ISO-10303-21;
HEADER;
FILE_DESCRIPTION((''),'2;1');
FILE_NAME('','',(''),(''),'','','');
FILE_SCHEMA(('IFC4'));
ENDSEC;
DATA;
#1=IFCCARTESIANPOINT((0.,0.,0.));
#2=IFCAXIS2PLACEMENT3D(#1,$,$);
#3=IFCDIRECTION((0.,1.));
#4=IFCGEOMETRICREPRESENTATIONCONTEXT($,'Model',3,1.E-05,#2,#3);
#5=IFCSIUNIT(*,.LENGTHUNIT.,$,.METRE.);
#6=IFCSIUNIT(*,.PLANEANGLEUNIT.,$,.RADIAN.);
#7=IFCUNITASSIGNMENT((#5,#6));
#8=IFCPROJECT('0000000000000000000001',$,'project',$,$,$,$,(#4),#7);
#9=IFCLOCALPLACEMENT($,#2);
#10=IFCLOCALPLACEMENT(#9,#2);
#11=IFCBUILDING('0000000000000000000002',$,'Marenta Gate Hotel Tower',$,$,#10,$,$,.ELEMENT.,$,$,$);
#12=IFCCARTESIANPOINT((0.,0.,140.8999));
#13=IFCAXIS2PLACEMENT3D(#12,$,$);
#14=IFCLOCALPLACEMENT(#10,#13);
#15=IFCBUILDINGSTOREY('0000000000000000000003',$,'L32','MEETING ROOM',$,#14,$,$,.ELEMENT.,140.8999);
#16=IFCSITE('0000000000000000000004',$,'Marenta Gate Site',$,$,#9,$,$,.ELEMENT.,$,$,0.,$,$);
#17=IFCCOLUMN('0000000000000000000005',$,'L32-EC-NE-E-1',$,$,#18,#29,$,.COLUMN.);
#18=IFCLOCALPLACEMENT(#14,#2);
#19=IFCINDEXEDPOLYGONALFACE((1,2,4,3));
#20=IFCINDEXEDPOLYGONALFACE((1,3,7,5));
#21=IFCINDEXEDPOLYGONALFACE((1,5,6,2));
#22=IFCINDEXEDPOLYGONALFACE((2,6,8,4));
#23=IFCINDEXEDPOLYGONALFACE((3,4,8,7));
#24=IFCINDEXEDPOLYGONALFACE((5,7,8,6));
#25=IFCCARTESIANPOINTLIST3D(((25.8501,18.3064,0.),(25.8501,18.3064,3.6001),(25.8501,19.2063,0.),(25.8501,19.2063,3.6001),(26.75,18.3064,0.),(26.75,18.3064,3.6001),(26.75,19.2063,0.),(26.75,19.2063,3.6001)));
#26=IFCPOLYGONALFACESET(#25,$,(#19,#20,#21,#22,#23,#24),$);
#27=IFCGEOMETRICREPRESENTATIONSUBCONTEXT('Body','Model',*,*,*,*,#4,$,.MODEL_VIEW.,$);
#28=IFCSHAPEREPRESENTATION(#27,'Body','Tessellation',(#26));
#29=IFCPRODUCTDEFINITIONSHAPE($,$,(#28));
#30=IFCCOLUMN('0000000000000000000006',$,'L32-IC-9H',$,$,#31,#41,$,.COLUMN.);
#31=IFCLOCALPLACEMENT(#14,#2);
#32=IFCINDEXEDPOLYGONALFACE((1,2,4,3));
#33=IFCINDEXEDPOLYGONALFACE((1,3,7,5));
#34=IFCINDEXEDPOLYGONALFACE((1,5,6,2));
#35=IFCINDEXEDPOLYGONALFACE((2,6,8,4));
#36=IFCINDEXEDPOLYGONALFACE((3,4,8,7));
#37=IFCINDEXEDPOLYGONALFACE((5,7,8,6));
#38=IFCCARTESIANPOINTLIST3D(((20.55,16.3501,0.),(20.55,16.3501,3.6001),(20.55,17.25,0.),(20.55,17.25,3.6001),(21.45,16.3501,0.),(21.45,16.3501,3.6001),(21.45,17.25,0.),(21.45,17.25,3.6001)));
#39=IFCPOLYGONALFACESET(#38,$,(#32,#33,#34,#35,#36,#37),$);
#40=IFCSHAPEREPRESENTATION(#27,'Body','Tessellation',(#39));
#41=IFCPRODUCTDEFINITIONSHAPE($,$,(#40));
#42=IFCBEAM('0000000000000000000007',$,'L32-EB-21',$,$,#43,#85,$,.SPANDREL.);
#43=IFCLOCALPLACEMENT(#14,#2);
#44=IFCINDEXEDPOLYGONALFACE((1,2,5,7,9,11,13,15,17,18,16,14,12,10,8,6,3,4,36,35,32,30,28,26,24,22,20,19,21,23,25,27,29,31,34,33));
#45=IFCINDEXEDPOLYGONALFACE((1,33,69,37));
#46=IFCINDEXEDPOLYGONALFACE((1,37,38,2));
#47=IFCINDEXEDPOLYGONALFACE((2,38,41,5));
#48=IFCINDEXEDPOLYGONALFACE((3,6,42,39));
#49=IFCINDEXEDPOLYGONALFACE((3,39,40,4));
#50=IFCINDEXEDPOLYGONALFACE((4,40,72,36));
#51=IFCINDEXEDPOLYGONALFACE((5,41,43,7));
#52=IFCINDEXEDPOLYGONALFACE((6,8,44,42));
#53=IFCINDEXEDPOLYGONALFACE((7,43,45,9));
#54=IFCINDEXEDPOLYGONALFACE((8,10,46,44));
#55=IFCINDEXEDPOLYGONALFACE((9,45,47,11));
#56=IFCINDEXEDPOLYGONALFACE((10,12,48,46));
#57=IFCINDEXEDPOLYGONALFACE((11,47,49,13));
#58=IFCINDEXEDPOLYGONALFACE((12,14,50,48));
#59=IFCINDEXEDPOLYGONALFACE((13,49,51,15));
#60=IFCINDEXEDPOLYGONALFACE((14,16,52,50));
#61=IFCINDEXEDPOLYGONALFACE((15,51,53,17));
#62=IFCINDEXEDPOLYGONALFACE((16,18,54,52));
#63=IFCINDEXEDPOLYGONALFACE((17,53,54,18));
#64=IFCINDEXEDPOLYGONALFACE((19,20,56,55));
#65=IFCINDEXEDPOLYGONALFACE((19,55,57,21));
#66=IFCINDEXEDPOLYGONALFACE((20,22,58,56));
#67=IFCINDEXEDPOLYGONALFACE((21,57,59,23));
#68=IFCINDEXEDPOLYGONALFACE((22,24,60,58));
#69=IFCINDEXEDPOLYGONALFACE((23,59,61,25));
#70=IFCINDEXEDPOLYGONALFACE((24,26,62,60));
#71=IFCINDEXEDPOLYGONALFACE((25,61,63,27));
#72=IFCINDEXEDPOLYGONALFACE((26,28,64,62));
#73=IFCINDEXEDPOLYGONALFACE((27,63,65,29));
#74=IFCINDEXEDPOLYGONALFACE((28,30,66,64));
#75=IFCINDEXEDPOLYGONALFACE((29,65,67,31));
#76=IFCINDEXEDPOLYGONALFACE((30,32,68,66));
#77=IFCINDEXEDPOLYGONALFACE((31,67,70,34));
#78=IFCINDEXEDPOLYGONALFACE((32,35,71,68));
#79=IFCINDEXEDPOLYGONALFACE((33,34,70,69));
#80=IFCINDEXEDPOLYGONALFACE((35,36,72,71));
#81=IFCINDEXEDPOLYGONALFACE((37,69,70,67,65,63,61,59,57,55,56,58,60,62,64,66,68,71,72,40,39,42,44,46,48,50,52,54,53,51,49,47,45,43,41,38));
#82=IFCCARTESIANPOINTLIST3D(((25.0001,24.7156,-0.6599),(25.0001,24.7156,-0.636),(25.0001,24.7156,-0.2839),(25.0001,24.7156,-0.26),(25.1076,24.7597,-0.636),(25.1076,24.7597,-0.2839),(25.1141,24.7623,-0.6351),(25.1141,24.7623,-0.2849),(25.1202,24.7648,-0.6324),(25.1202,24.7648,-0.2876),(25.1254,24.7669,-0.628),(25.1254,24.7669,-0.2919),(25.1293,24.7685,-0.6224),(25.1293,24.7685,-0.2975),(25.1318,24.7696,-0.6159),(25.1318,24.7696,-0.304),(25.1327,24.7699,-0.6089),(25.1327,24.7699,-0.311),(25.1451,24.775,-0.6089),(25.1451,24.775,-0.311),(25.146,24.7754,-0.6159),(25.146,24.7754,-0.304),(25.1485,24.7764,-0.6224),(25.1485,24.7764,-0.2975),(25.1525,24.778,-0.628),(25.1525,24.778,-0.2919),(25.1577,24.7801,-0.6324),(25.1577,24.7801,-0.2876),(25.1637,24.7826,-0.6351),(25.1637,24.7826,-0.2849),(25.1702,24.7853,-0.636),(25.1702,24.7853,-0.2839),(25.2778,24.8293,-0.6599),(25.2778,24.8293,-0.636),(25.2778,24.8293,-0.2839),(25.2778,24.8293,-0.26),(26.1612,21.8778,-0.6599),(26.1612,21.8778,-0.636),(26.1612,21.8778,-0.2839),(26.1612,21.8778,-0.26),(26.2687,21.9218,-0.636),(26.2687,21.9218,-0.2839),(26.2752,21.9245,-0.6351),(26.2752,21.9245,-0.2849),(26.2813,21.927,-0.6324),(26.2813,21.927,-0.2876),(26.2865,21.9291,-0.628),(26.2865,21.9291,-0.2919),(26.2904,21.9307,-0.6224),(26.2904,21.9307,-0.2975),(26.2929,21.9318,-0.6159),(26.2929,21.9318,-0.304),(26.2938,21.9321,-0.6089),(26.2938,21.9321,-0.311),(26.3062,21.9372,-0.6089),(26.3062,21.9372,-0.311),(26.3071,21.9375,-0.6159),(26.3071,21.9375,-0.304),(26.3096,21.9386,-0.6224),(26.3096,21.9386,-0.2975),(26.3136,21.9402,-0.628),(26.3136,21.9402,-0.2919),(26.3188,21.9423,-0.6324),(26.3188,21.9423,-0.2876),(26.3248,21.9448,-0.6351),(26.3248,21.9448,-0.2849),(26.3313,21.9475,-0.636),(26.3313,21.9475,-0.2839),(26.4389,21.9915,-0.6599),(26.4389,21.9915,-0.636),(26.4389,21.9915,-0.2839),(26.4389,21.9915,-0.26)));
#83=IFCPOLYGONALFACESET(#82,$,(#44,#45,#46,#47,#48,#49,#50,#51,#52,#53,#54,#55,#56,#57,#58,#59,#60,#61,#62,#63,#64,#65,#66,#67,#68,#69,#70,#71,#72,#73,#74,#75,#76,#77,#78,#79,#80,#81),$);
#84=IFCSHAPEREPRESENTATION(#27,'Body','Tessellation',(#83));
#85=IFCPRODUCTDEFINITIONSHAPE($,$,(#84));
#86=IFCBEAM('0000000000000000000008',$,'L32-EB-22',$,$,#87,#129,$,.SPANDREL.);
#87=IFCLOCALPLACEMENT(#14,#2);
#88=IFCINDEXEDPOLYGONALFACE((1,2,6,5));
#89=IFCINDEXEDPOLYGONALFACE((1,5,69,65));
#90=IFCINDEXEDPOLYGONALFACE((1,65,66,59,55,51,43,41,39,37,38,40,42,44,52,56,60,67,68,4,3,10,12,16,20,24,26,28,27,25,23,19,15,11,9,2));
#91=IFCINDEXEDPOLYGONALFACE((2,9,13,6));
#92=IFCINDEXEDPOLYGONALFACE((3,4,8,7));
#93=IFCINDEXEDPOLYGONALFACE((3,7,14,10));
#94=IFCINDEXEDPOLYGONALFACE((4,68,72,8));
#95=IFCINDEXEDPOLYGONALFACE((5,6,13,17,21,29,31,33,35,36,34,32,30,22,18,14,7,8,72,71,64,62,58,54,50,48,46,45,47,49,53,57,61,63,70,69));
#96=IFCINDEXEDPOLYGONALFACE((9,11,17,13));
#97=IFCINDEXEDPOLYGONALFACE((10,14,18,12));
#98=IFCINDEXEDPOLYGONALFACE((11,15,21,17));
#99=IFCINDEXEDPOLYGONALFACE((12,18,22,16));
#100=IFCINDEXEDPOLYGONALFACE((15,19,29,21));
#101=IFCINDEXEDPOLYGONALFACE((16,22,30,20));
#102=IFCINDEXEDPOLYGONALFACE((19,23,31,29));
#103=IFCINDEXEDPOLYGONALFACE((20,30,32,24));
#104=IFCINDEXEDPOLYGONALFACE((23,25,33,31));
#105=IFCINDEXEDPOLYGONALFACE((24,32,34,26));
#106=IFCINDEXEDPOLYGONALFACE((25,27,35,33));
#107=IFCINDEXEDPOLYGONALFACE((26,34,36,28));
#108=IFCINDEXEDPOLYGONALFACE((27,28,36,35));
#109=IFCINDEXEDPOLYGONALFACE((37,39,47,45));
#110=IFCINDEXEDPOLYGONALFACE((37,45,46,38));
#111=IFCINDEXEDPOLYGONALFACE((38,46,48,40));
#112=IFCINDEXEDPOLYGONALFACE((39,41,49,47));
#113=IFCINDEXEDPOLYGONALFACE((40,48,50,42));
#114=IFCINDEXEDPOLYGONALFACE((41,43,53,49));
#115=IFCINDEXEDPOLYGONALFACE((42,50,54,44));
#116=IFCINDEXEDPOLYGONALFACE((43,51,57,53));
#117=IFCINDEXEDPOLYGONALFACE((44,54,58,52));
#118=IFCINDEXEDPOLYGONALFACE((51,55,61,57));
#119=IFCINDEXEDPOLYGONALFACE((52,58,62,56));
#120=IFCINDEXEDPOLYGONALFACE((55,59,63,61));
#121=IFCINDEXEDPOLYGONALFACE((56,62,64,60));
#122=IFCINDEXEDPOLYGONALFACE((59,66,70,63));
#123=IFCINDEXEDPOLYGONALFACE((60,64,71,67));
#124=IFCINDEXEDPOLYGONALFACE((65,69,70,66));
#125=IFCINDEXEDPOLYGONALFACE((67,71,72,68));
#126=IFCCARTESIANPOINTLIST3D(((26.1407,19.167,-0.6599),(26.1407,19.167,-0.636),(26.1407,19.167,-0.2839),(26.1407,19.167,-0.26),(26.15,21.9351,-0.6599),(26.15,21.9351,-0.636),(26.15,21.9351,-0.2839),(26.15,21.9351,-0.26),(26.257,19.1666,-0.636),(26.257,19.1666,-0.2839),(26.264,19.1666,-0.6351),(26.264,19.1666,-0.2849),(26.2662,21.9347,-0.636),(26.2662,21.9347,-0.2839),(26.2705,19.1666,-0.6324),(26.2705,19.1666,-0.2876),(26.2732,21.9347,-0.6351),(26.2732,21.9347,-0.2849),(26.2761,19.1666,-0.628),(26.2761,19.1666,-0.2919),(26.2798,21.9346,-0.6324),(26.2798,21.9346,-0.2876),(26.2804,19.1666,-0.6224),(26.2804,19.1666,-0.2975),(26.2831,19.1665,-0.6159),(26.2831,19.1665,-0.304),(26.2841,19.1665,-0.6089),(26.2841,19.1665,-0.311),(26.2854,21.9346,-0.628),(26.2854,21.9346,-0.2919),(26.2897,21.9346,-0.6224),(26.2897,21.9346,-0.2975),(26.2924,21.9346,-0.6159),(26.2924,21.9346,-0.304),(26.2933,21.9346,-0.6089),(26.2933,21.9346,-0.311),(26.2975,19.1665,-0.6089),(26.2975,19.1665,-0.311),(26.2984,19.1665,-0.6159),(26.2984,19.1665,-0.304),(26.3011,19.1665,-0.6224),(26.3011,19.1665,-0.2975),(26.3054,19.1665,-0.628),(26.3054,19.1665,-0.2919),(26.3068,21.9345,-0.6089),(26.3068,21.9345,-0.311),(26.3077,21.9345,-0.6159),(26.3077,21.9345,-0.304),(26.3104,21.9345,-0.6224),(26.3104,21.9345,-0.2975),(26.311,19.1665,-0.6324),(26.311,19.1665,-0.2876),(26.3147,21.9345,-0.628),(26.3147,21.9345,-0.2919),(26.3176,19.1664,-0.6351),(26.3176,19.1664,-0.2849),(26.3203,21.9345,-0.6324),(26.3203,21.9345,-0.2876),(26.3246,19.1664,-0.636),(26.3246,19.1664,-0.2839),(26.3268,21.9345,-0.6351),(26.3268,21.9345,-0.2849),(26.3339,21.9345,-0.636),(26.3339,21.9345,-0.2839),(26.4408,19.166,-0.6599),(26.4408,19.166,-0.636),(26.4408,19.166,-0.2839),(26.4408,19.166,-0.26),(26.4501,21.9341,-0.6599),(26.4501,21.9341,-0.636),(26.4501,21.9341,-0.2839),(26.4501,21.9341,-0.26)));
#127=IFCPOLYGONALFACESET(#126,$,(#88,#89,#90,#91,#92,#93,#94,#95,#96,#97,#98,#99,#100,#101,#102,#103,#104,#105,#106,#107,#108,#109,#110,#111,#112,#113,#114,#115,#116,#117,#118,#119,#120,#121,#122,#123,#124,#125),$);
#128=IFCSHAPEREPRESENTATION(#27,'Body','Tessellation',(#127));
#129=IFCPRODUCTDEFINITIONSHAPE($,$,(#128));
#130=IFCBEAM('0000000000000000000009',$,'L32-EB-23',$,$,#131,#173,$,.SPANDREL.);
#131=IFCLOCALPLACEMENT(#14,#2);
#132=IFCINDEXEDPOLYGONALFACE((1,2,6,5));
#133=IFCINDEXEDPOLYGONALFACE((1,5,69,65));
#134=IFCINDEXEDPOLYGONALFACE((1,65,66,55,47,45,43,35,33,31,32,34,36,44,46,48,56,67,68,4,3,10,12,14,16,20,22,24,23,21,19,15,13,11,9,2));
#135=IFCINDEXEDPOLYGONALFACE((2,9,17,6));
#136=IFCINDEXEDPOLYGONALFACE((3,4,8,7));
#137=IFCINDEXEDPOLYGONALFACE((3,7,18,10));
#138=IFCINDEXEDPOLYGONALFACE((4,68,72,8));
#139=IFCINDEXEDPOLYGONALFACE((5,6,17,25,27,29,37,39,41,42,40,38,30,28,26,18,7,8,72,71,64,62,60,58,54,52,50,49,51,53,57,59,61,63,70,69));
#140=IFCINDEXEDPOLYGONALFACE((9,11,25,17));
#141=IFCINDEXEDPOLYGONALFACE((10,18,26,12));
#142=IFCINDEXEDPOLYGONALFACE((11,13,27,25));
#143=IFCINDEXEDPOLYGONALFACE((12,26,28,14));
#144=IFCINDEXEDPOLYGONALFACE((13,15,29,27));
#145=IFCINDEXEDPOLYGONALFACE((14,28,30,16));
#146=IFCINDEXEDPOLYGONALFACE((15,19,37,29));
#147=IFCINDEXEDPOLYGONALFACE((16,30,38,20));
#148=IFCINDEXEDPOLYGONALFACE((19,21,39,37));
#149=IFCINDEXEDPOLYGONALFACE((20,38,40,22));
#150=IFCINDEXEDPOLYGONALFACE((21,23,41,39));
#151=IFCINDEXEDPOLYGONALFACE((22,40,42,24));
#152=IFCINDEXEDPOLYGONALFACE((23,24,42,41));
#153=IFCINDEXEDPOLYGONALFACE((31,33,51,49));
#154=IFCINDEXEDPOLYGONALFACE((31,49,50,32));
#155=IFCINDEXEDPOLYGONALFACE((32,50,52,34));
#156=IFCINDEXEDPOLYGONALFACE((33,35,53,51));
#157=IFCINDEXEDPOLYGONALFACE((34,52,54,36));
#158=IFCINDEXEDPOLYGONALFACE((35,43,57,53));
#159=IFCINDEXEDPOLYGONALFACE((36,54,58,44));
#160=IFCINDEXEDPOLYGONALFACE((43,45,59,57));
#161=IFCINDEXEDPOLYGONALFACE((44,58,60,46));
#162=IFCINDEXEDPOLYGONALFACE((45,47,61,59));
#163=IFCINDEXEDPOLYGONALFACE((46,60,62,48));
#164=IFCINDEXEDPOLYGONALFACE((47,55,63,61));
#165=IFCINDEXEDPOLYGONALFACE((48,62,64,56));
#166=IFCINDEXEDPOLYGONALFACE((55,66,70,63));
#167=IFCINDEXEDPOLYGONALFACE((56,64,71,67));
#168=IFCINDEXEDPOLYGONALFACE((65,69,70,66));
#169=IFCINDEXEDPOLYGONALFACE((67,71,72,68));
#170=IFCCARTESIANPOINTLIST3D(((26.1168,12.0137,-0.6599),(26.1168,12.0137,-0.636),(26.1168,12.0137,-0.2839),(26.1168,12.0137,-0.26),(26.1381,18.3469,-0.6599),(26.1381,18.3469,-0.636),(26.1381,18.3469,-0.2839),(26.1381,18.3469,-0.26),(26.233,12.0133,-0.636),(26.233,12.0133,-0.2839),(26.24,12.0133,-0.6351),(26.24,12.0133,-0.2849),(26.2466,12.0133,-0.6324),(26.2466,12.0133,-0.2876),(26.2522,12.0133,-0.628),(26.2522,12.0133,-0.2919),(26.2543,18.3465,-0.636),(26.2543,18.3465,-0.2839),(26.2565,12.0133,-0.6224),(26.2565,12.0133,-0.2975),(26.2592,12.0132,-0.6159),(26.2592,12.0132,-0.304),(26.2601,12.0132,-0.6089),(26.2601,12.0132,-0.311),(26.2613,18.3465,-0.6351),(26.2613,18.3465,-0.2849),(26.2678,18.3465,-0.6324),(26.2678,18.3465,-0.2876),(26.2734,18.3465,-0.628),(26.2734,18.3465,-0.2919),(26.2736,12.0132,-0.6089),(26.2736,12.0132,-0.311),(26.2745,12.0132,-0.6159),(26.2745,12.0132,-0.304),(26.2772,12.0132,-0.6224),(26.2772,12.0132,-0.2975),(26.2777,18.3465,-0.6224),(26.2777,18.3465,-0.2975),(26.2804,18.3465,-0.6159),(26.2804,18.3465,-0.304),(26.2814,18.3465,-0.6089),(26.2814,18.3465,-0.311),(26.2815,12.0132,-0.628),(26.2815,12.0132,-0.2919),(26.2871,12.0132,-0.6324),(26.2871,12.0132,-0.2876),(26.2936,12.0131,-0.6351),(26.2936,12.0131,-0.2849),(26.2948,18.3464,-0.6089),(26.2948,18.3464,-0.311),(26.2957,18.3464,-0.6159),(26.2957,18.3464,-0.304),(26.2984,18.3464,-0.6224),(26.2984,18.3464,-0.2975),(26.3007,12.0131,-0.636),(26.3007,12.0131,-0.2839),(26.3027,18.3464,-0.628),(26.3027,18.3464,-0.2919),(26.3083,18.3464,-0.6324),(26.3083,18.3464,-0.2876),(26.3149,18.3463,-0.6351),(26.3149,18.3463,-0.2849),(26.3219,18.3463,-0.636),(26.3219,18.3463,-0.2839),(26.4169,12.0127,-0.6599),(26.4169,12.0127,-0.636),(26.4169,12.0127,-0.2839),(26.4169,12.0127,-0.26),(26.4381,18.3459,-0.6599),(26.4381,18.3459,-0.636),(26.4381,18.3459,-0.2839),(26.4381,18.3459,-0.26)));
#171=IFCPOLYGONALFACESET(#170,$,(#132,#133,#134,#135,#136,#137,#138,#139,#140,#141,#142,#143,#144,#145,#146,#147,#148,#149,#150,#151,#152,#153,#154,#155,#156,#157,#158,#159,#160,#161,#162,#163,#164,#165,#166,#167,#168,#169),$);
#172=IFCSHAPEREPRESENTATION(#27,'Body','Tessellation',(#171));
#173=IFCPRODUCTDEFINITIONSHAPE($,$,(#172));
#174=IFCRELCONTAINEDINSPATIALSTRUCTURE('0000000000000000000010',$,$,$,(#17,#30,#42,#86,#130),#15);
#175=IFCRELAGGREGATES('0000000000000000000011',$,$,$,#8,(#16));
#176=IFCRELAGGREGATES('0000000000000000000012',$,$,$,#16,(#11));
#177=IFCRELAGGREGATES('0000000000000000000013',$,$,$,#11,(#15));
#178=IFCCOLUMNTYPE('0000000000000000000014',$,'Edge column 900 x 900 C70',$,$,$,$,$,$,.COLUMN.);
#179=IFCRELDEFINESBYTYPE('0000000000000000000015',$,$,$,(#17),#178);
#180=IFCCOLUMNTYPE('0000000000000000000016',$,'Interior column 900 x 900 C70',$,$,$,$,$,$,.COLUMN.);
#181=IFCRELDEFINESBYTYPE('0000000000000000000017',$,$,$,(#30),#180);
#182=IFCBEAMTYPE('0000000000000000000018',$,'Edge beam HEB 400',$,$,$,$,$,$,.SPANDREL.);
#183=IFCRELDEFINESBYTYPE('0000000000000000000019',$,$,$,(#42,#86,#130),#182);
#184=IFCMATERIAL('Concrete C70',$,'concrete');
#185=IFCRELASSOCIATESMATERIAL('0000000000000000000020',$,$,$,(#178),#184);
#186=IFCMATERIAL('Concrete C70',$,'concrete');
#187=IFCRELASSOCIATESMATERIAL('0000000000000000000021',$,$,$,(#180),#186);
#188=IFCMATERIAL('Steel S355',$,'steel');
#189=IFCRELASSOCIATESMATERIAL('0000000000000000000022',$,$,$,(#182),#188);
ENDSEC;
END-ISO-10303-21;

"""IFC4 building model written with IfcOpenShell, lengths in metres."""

from ifc_helpers import new_model, si_unit, direction, frame, origin, origin_2d, place, context, subcontext, project, spatial, rectangle, i_section, extrude, material, material_profile, profile_set, type_object, element, save


model = new_model("IFC4")

# Units and contexts
model_context = context("Model", 3, precision=1e-05, world=origin(), true_north=direction((0.0, 1.0)))
body_context = subcontext(model_context, "Body", "Model", "MODEL_VIEW")
ifc_project = project(units=[si_unit("LENGTHUNIT", "METRE"), si_unit("PLANEANGLEUNIT", "RADIAN")], contexts=[model_context])

# Site, building, storey
site_placement = place(None, origin())
site = spatial("IfcSite", under=ifc_project, at=site_placement, Name="Marenta Gate Site", CompositionType="ELEMENT", RefElevation=0.0)
building_placement = place(site_placement, origin())
building = spatial("IfcBuilding", under=site, at=building_placement, Name="Marenta Gate Hotel Tower", CompositionType="ELEMENT")
storey_placement = place(building_placement, frame((0.0, 0.0, 140.8999)))
storey = spatial("IfcBuildingStorey", under=building, at=storey_placement, Name="L32", Description="MEETING ROOM", CompositionType="ELEMENT", Elevation=140.8999)

# Columns
ifc_material_1 = material(Name="Concrete C70", Category="concrete")
ifc_material_profile_1 = material_profile(ifc_material_1, rectangle(XDim=0.8999, YDim=0.8999, at=origin_2d()), Name="900 x 900")
ifc_profile_set_1 = profile_set([ifc_material_profile_1], Name="Concrete C70")
column_type_1 = type_object("IfcColumnType", Name="Edge column 900 x 900 C70", PredefinedType="COLUMN", material=ifc_profile_set_1)
column_1_placement = place(storey_placement, frame((26.3, 18.7563, 0.0), z_axis=(0.0, 0.0, 1.0), x_axis=(1.0, 0.0, 0.0)))
element("IfcColumn", 1, at=column_1_placement, inside=storey, type_object=column_type_1, Name="L32-EC-NE-E-1", PredefinedType="COLUMN", context=body_context, shape_type="SweptSolid", body=[
    extrude(rectangle(XDim=0.8999, YDim=0.8999, at=origin_2d()), origin(), (0.0, 0.0, 1.0), 3.6001),
])
ifc_material_2 = material(Name="Concrete C70", Category="concrete")
ifc_material_profile_2 = material_profile(ifc_material_2, rectangle(XDim=0.8999, YDim=0.8999, at=origin_2d()), Name="900 x 900")
ifc_profile_set_2 = profile_set([ifc_material_profile_2], Name="Concrete C70")
column_type_2 = type_object("IfcColumnType", Name="Interior column 900 x 900 C70", PredefinedType="COLUMN", material=ifc_profile_set_2)
column_2_placement = place(storey_placement, frame((21.0, 16.8, 0.0), z_axis=(0.0, 0.0, 1.0), x_axis=(1.0, 0.0, 0.0)))
element("IfcColumn", 2, at=column_2_placement, inside=storey, type_object=column_type_2, Name="L32-IC-9H", PredefinedType="COLUMN", context=body_context, shape_type="SweptSolid", body=[
    extrude(rectangle(XDim=0.8999, YDim=0.8999, at=origin_2d()), origin(), (0.0, 0.0, 1.0), 3.6001),
])

# Beams
ifc_material_3 = material(Name="Steel S355", Category="steel")
ifc_material_profile_3 = material_profile(ifc_material_3, i_section(OverallWidth=0.3, OverallDepth=0.3999, WebThickness=0.0134, FlangeThickness=0.0239, FilletRadius=0.0271, at=origin_2d()), Name="HEB 400")
ifc_profile_set_3 = profile_set([ifc_material_profile_3], Name="Steel S355")
beam_type_1 = type_object("IfcBeamType", Name="Edge beam HEB 400", PredefinedType="SPANDREL", material=ifc_profile_set_3)
beam_1_placement = place(storey_placement, frame((25.1389, 24.7725, -0.46), z_axis=(0.378682, -0.925527, 0.0), x_axis=(0.925527, 0.378682, 0.0)))
element("IfcBeam", 3, at=beam_1_placement, inside=storey, type_object=beam_type_1, Name="L32-EB-21", PredefinedType="SPANDREL", context=body_context, shape_type="SweptSolid", body=[
    extrude(i_section(OverallWidth=0.3, OverallDepth=0.3999, WebThickness=0.0134, FlangeThickness=0.0239, FilletRadius=0.0271, at=origin_2d()), origin(), (0.0, 0.0, 1.0), 3.0662),
])
beam_2_placement = place(storey_placement, frame((26.3, 21.9346, -0.46), z_axis=(-0.003352, -0.999994, 0.0), x_axis=(0.999994, -0.003352, 0.0)))
element("IfcBeam", 4, at=beam_2_placement, inside=storey, type_object=beam_type_1, Name="L32-EB-22", PredefinedType="SPANDREL", context=body_context, shape_type="SweptSolid", body=[
    extrude(i_section(OverallWidth=0.3, OverallDepth=0.3999, WebThickness=0.0134, FlangeThickness=0.0239, FilletRadius=0.0271, at=origin_2d()), origin(), (0.0, 0.0, 1.0), 2.7681),
])
beam_3_placement = place(storey_placement, frame((26.2881, 18.3464, -0.46), z_axis=(-0.003354, -0.999994, 0.0), x_axis=(0.999994, -0.003354, 0.0)))
element("IfcBeam", 5, at=beam_3_placement, inside=storey, type_object=beam_type_1, Name="L32-EB-23", PredefinedType="SPANDREL", context=body_context, shape_type="SweptSolid", body=[
    extrude(i_section(OverallWidth=0.3, OverallDepth=0.3999, WebThickness=0.0134, FlangeThickness=0.0239, FilletRadius=0.0271, at=origin_2d()), origin(), (0.0, 0.0, 1.0), 6.3333),
])

save(model, "model.ifc")
